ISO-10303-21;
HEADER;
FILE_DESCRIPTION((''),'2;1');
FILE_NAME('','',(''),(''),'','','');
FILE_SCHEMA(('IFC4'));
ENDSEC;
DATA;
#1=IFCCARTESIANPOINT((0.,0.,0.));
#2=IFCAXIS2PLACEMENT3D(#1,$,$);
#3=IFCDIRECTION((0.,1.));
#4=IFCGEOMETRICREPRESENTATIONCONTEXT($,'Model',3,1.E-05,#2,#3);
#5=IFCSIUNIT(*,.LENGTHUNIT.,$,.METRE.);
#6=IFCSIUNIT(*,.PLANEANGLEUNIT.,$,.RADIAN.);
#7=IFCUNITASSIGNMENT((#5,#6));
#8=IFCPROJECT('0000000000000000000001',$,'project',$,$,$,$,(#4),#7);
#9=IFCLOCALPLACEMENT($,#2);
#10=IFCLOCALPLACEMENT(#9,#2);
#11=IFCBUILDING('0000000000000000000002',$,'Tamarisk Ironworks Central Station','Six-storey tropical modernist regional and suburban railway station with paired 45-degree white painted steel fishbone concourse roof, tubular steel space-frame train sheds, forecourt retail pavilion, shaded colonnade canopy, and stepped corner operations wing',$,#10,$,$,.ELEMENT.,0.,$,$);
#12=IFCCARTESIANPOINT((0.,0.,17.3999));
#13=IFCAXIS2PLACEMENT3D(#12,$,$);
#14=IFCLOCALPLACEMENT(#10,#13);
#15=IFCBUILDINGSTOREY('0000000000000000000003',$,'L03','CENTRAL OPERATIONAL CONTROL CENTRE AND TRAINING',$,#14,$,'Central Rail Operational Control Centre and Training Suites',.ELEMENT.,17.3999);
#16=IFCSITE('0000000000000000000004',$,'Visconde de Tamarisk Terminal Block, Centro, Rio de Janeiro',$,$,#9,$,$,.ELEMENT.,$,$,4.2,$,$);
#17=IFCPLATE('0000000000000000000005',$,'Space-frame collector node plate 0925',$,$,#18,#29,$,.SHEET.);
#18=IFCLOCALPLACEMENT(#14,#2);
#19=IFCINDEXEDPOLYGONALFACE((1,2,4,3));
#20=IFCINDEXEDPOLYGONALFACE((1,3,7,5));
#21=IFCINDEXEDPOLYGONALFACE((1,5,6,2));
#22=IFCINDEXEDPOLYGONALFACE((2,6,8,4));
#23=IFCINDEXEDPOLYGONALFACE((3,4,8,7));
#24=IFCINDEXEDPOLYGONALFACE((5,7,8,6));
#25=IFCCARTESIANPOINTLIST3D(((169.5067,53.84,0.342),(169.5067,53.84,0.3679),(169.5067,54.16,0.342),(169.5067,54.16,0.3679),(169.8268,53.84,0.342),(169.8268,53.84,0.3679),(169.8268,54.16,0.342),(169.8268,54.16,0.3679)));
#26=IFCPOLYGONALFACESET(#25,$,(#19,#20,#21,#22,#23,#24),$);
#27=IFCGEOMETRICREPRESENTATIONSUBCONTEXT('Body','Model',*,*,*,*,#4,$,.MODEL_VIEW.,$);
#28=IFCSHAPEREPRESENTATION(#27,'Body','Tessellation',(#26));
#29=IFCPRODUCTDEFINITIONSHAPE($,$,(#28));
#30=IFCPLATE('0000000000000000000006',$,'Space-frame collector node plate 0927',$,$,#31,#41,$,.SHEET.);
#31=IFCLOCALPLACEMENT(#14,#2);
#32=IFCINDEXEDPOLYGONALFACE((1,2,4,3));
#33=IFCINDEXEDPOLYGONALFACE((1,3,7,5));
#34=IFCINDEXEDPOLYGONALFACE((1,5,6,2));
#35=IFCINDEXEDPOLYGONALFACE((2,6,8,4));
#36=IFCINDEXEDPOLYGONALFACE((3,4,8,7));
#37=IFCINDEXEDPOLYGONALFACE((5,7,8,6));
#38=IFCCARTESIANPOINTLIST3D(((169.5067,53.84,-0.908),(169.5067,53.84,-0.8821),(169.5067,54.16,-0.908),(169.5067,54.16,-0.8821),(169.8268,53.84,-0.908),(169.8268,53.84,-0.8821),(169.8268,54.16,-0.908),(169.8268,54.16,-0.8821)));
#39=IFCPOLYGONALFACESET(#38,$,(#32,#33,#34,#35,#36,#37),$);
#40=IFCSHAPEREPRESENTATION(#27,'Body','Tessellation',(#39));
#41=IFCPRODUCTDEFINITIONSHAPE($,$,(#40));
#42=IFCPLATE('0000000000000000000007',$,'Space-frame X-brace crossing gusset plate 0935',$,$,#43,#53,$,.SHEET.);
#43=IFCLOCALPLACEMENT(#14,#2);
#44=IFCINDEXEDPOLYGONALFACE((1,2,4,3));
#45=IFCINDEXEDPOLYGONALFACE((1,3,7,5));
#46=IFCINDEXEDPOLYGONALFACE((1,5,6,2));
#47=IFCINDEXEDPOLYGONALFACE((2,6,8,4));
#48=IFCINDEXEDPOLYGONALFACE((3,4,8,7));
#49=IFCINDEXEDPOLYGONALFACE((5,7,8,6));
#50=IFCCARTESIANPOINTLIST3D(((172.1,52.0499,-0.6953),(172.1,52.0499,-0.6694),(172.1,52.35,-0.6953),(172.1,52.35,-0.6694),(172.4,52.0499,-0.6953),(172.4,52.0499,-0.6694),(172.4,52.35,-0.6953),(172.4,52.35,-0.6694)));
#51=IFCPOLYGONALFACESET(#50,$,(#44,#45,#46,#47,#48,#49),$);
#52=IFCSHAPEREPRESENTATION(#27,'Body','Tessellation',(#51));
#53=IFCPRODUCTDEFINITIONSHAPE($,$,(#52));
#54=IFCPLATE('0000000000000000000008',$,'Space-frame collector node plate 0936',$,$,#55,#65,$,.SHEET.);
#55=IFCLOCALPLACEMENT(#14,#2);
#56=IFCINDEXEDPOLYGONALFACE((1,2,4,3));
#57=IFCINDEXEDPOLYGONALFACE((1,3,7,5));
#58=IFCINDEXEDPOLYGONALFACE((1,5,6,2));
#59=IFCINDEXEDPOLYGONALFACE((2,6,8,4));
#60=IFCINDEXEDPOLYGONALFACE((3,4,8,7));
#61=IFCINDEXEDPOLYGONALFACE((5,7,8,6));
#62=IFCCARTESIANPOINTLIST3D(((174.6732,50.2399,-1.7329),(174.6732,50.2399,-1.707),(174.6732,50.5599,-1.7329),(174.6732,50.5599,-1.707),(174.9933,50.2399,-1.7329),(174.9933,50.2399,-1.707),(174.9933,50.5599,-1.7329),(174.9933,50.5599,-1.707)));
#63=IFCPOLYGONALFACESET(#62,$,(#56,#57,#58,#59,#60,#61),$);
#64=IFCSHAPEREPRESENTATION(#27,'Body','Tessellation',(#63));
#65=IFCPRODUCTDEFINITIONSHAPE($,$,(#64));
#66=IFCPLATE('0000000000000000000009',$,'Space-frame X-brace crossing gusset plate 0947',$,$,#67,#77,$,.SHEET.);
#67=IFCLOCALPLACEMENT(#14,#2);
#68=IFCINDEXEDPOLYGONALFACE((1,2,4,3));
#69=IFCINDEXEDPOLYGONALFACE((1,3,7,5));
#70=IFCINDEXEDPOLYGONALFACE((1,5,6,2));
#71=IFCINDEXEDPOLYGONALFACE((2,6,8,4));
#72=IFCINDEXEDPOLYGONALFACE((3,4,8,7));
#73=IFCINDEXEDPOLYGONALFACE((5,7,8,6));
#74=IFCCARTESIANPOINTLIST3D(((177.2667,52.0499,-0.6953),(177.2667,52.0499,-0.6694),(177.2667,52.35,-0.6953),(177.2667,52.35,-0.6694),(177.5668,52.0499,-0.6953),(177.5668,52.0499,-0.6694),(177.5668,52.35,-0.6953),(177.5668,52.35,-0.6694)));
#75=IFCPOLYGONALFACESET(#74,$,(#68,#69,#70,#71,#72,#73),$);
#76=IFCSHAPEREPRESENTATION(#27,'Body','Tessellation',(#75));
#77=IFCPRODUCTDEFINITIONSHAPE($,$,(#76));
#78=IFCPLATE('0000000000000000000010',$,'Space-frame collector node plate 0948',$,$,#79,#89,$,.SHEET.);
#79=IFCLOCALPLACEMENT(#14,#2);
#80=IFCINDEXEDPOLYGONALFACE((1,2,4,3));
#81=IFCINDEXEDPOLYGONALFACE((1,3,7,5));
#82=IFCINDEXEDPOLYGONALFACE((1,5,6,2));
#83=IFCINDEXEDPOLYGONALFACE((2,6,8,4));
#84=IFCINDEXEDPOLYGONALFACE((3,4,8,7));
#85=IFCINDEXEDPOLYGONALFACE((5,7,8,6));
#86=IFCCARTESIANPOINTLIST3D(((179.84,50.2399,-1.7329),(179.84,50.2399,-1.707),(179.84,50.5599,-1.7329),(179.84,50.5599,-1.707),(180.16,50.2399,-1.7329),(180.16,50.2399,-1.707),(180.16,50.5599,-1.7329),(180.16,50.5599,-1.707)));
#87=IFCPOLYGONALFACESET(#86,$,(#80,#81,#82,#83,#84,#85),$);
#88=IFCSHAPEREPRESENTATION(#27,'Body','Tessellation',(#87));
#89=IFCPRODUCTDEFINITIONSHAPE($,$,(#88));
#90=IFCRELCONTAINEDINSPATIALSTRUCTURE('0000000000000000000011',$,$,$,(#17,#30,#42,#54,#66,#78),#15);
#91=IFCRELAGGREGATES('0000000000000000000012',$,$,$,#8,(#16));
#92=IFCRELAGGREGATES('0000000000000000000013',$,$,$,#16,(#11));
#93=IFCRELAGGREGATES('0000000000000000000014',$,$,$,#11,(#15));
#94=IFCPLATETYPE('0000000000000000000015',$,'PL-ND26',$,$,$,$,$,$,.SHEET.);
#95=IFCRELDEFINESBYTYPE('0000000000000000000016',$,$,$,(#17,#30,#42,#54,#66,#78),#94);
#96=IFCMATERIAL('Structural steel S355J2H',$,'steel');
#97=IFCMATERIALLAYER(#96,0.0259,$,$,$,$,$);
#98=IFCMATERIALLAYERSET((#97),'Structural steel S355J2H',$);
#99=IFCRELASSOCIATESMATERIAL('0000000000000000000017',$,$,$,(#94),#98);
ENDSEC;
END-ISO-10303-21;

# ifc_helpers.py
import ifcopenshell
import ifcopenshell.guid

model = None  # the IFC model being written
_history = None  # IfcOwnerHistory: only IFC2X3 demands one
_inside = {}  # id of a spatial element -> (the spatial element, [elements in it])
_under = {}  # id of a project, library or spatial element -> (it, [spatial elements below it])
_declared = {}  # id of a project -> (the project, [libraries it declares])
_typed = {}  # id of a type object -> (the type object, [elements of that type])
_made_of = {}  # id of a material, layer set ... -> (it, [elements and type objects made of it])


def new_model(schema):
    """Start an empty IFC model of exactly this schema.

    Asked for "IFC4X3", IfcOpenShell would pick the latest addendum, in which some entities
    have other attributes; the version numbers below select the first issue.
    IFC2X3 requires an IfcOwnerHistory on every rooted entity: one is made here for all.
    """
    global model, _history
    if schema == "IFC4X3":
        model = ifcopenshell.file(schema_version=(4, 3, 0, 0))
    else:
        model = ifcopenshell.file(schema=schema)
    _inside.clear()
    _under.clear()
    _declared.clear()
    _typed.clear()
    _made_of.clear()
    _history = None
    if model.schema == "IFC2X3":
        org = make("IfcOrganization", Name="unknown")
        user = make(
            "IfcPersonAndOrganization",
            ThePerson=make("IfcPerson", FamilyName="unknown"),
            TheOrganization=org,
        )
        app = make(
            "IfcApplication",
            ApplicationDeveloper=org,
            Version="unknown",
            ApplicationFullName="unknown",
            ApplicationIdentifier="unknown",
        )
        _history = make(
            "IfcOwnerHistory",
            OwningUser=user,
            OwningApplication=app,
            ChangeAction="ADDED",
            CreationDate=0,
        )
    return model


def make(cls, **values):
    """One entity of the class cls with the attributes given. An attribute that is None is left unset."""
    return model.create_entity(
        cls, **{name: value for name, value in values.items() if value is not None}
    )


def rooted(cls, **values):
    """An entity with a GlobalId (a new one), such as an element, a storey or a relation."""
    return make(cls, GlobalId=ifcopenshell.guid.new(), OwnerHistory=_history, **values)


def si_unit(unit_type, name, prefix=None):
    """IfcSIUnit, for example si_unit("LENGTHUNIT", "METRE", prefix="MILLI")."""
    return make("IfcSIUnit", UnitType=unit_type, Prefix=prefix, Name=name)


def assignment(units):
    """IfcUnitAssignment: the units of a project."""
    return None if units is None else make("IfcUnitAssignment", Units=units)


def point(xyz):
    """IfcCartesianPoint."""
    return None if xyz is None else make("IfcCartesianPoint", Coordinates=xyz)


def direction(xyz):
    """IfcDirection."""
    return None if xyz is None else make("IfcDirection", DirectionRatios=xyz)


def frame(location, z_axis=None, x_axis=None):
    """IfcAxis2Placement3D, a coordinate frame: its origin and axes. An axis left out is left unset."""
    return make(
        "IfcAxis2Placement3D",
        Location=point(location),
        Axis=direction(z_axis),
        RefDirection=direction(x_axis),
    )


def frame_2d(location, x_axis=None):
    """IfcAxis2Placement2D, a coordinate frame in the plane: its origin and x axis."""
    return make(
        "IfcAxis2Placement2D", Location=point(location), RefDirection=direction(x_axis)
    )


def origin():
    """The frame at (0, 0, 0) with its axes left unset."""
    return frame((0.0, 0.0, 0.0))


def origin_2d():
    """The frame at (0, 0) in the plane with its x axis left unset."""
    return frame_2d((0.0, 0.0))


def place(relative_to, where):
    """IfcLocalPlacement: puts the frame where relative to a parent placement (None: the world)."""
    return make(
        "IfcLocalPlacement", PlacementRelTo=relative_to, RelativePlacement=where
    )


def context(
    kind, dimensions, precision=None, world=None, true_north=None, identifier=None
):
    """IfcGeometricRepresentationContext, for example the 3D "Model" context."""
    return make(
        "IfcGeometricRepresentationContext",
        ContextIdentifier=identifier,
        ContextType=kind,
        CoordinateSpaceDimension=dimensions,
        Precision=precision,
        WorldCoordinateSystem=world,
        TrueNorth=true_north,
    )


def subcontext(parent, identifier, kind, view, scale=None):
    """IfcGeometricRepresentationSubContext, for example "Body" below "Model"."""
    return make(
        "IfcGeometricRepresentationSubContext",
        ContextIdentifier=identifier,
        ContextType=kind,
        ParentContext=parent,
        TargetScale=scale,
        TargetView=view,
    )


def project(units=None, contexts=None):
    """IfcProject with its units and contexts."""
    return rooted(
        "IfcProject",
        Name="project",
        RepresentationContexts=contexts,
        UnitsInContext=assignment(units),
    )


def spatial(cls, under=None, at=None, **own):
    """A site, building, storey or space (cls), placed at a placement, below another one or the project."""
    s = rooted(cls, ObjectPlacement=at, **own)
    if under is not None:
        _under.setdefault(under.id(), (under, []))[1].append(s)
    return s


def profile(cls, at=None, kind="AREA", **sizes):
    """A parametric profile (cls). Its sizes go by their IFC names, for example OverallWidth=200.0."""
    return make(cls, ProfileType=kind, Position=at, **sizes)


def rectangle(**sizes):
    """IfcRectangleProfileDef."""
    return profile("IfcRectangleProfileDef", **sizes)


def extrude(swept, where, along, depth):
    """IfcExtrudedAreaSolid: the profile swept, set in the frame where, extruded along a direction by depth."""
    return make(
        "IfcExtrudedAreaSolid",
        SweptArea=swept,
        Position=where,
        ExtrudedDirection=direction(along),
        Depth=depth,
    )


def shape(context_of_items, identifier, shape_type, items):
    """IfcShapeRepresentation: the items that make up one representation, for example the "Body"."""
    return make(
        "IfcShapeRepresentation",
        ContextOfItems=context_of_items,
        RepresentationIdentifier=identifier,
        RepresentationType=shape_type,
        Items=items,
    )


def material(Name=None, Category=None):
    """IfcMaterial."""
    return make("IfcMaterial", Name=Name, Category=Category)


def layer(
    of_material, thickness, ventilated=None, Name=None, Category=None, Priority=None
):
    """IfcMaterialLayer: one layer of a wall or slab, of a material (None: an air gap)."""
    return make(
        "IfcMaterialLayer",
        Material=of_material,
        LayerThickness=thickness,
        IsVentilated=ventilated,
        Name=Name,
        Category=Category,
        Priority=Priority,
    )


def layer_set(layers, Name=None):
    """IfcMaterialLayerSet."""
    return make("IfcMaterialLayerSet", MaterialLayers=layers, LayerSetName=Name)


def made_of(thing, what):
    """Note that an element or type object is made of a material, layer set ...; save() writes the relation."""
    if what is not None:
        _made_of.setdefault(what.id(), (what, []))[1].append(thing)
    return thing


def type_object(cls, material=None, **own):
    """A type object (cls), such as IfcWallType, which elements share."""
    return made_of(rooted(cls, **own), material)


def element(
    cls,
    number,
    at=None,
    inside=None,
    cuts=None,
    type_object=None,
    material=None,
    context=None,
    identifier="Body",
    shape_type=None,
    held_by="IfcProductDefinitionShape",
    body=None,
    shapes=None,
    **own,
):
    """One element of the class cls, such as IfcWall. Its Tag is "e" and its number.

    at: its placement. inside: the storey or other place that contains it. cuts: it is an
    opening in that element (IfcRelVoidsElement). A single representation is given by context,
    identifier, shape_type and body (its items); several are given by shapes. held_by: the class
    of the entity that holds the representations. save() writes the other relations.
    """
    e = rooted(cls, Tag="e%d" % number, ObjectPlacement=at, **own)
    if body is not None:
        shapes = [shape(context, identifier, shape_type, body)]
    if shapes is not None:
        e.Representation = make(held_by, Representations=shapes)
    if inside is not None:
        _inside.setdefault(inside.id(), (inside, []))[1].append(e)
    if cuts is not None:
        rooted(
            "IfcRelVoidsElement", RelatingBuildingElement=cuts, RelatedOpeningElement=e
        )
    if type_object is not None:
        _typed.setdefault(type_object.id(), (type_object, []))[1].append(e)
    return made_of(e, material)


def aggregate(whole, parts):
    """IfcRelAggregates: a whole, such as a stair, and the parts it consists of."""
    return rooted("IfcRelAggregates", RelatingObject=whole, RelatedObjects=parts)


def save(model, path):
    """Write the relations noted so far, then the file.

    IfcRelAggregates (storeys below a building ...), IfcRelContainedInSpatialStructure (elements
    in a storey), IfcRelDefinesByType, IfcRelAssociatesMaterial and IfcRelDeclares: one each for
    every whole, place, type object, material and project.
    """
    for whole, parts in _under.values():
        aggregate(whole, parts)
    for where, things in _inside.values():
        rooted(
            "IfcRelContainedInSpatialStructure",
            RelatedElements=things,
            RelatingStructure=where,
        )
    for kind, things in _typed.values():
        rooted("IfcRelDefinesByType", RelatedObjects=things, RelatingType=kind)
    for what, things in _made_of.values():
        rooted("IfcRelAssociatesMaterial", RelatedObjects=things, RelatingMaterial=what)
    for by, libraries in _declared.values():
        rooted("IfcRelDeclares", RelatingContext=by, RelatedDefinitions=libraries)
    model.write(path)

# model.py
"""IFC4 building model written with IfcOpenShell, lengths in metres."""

from ifc_helpers import new_model, si_unit, direction, frame, origin, origin_2d, place, context, subcontext, project, spatial, rectangle, extrude, material, layer, layer_set, type_object, element, save


model = new_model("IFC4")

# Units and contexts
model_context = context("Model", 3, precision=1e-05, world=origin(), true_north=direction((0.0, 1.0)))
body_context = subcontext(model_context, "Body", "Model", "MODEL_VIEW")
ifc_project = project(units=[si_unit("LENGTHUNIT", "METRE"), si_unit("PLANEANGLEUNIT", "RADIAN")], contexts=[model_context])

# Site, building, storey
site_placement = place(None, origin())
site = spatial("IfcSite", under=ifc_project, at=site_placement, Name="Visconde de Tamarisk Terminal Block, Centro, Rio de Janeiro", CompositionType="ELEMENT", RefElevation=4.2)
building_placement = place(site_placement, origin())
building = spatial("IfcBuilding", under=site, at=building_placement, Name="Tamarisk Ironworks Central Station", Description="Six-storey tropical modernist regional and suburban railway station with paired 45-degree white painted steel fishbone concourse roof, tubular steel space-frame train sheds, forecourt retail pavilion, shaded colonnade canopy, and stepped corner operations wing", CompositionType="ELEMENT", ElevationOfRefHeight=0.0)
storey_placement = place(building_placement, frame((0.0, 0.0, 17.3999)))
storey = spatial("IfcBuildingStorey", under=building, at=storey_placement, Name="L03", Description="CENTRAL OPERATIONAL CONTROL CENTRE AND TRAINING", LongName="Central Rail Operational Control Centre and Training Suites", CompositionType="ELEMENT", Elevation=17.3999)

# Shared definitions
ifc_material_1 = material(Name="Structural steel S355J2H", Category="steel")

# Plates
ifc_layer = layer(ifc_material_1, 0.0259)
ifc_layer_set = layer_set([ifc_layer], Name="Structural steel S355J2H")
plate_type = type_object("IfcPlateType", Name="PL-ND26", PredefinedType="SHEET", material=ifc_layer_set)
for number, where, z_axis, x_axis, name in (
    (1, (169.6667, 54.0, 0.342), (0.0, 0.0, 1.0), (1.0, 0.0, 0.0), "Space-frame collector node plate 0925"),
    (2, (169.6667, 54.0, -0.908), (0.0, 0.0, 1.0), (1.0, 0.0, 0.0), "Space-frame collector node plate 0927"),
):
    element("IfcPlate", number, at=place(storey_placement, frame(where, z_axis=z_axis, x_axis=x_axis)), inside=storey, type_object=plate_type, Name=name, PredefinedType="SHEET", context=body_context, shape_type="SweptSolid", body=[
        extrude(rectangle(XDim=0.3201, YDim=0.3201, at=origin_2d()), origin(), (0.0, 0.0, 1.0), 0.0259),
    ])
plate_1_placement = place(storey_placement, frame((172.25, 52.2, -0.6953), z_axis=(0.0, 0.0, 1.0), x_axis=(1.0, 0.0, 0.0)))
element("IfcPlate", 3, at=plate_1_placement, inside=storey, type_object=plate_type, Name="Space-frame X-brace crossing gusset plate 0935", PredefinedType="SHEET", context=body_context, shape_type="SweptSolid", body=[
    extrude(rectangle(XDim=0.3, YDim=0.3, at=origin_2d()), origin(), (0.0, 0.0, 1.0), 0.0259),
])
plate_2_placement = place(storey_placement, frame((174.8333, 50.3999, -1.7329), z_axis=(0.0, 0.0, 1.0), x_axis=(1.0, 0.0, 0.0)))
element("IfcPlate", 4, at=plate_2_placement, inside=storey, type_object=plate_type, Name="Space-frame collector node plate 0936", PredefinedType="SHEET", context=body_context, shape_type="SweptSolid", body=[
    extrude(rectangle(XDim=0.3201, YDim=0.3201, at=origin_2d()), origin(), (0.0, 0.0, 1.0), 0.0259),
])
plate_3_placement = place(storey_placement, frame((177.4167, 52.2, -0.6953), z_axis=(0.0, 0.0, 1.0), x_axis=(1.0, 0.0, 0.0)))
element("IfcPlate", 5, at=plate_3_placement, inside=storey, type_object=plate_type, Name="Space-frame X-brace crossing gusset plate 0947", PredefinedType="SHEET", context=body_context, shape_type="SweptSolid", body=[
    extrude(rectangle(XDim=0.3, YDim=0.3, at=origin_2d()), origin(), (0.0, 0.0, 1.0), 0.0259),
])
plate_4_placement = place(storey_placement, frame((180.0, 50.3999, -1.7329), z_axis=(0.0, 0.0, 1.0), x_axis=(1.0, 0.0, 0.0)))
element("IfcPlate", 6, at=plate_4_placement, inside=storey, type_object=plate_type, Name="Space-frame collector node plate 0948", PredefinedType="SHEET", context=body_context, shape_type="SweptSolid", body=[
    extrude(rectangle(XDim=0.3201, YDim=0.3201, at=origin_2d()), origin(), (0.0, 0.0, 1.0), 0.0259),
])

save(model, "model.ifc")
